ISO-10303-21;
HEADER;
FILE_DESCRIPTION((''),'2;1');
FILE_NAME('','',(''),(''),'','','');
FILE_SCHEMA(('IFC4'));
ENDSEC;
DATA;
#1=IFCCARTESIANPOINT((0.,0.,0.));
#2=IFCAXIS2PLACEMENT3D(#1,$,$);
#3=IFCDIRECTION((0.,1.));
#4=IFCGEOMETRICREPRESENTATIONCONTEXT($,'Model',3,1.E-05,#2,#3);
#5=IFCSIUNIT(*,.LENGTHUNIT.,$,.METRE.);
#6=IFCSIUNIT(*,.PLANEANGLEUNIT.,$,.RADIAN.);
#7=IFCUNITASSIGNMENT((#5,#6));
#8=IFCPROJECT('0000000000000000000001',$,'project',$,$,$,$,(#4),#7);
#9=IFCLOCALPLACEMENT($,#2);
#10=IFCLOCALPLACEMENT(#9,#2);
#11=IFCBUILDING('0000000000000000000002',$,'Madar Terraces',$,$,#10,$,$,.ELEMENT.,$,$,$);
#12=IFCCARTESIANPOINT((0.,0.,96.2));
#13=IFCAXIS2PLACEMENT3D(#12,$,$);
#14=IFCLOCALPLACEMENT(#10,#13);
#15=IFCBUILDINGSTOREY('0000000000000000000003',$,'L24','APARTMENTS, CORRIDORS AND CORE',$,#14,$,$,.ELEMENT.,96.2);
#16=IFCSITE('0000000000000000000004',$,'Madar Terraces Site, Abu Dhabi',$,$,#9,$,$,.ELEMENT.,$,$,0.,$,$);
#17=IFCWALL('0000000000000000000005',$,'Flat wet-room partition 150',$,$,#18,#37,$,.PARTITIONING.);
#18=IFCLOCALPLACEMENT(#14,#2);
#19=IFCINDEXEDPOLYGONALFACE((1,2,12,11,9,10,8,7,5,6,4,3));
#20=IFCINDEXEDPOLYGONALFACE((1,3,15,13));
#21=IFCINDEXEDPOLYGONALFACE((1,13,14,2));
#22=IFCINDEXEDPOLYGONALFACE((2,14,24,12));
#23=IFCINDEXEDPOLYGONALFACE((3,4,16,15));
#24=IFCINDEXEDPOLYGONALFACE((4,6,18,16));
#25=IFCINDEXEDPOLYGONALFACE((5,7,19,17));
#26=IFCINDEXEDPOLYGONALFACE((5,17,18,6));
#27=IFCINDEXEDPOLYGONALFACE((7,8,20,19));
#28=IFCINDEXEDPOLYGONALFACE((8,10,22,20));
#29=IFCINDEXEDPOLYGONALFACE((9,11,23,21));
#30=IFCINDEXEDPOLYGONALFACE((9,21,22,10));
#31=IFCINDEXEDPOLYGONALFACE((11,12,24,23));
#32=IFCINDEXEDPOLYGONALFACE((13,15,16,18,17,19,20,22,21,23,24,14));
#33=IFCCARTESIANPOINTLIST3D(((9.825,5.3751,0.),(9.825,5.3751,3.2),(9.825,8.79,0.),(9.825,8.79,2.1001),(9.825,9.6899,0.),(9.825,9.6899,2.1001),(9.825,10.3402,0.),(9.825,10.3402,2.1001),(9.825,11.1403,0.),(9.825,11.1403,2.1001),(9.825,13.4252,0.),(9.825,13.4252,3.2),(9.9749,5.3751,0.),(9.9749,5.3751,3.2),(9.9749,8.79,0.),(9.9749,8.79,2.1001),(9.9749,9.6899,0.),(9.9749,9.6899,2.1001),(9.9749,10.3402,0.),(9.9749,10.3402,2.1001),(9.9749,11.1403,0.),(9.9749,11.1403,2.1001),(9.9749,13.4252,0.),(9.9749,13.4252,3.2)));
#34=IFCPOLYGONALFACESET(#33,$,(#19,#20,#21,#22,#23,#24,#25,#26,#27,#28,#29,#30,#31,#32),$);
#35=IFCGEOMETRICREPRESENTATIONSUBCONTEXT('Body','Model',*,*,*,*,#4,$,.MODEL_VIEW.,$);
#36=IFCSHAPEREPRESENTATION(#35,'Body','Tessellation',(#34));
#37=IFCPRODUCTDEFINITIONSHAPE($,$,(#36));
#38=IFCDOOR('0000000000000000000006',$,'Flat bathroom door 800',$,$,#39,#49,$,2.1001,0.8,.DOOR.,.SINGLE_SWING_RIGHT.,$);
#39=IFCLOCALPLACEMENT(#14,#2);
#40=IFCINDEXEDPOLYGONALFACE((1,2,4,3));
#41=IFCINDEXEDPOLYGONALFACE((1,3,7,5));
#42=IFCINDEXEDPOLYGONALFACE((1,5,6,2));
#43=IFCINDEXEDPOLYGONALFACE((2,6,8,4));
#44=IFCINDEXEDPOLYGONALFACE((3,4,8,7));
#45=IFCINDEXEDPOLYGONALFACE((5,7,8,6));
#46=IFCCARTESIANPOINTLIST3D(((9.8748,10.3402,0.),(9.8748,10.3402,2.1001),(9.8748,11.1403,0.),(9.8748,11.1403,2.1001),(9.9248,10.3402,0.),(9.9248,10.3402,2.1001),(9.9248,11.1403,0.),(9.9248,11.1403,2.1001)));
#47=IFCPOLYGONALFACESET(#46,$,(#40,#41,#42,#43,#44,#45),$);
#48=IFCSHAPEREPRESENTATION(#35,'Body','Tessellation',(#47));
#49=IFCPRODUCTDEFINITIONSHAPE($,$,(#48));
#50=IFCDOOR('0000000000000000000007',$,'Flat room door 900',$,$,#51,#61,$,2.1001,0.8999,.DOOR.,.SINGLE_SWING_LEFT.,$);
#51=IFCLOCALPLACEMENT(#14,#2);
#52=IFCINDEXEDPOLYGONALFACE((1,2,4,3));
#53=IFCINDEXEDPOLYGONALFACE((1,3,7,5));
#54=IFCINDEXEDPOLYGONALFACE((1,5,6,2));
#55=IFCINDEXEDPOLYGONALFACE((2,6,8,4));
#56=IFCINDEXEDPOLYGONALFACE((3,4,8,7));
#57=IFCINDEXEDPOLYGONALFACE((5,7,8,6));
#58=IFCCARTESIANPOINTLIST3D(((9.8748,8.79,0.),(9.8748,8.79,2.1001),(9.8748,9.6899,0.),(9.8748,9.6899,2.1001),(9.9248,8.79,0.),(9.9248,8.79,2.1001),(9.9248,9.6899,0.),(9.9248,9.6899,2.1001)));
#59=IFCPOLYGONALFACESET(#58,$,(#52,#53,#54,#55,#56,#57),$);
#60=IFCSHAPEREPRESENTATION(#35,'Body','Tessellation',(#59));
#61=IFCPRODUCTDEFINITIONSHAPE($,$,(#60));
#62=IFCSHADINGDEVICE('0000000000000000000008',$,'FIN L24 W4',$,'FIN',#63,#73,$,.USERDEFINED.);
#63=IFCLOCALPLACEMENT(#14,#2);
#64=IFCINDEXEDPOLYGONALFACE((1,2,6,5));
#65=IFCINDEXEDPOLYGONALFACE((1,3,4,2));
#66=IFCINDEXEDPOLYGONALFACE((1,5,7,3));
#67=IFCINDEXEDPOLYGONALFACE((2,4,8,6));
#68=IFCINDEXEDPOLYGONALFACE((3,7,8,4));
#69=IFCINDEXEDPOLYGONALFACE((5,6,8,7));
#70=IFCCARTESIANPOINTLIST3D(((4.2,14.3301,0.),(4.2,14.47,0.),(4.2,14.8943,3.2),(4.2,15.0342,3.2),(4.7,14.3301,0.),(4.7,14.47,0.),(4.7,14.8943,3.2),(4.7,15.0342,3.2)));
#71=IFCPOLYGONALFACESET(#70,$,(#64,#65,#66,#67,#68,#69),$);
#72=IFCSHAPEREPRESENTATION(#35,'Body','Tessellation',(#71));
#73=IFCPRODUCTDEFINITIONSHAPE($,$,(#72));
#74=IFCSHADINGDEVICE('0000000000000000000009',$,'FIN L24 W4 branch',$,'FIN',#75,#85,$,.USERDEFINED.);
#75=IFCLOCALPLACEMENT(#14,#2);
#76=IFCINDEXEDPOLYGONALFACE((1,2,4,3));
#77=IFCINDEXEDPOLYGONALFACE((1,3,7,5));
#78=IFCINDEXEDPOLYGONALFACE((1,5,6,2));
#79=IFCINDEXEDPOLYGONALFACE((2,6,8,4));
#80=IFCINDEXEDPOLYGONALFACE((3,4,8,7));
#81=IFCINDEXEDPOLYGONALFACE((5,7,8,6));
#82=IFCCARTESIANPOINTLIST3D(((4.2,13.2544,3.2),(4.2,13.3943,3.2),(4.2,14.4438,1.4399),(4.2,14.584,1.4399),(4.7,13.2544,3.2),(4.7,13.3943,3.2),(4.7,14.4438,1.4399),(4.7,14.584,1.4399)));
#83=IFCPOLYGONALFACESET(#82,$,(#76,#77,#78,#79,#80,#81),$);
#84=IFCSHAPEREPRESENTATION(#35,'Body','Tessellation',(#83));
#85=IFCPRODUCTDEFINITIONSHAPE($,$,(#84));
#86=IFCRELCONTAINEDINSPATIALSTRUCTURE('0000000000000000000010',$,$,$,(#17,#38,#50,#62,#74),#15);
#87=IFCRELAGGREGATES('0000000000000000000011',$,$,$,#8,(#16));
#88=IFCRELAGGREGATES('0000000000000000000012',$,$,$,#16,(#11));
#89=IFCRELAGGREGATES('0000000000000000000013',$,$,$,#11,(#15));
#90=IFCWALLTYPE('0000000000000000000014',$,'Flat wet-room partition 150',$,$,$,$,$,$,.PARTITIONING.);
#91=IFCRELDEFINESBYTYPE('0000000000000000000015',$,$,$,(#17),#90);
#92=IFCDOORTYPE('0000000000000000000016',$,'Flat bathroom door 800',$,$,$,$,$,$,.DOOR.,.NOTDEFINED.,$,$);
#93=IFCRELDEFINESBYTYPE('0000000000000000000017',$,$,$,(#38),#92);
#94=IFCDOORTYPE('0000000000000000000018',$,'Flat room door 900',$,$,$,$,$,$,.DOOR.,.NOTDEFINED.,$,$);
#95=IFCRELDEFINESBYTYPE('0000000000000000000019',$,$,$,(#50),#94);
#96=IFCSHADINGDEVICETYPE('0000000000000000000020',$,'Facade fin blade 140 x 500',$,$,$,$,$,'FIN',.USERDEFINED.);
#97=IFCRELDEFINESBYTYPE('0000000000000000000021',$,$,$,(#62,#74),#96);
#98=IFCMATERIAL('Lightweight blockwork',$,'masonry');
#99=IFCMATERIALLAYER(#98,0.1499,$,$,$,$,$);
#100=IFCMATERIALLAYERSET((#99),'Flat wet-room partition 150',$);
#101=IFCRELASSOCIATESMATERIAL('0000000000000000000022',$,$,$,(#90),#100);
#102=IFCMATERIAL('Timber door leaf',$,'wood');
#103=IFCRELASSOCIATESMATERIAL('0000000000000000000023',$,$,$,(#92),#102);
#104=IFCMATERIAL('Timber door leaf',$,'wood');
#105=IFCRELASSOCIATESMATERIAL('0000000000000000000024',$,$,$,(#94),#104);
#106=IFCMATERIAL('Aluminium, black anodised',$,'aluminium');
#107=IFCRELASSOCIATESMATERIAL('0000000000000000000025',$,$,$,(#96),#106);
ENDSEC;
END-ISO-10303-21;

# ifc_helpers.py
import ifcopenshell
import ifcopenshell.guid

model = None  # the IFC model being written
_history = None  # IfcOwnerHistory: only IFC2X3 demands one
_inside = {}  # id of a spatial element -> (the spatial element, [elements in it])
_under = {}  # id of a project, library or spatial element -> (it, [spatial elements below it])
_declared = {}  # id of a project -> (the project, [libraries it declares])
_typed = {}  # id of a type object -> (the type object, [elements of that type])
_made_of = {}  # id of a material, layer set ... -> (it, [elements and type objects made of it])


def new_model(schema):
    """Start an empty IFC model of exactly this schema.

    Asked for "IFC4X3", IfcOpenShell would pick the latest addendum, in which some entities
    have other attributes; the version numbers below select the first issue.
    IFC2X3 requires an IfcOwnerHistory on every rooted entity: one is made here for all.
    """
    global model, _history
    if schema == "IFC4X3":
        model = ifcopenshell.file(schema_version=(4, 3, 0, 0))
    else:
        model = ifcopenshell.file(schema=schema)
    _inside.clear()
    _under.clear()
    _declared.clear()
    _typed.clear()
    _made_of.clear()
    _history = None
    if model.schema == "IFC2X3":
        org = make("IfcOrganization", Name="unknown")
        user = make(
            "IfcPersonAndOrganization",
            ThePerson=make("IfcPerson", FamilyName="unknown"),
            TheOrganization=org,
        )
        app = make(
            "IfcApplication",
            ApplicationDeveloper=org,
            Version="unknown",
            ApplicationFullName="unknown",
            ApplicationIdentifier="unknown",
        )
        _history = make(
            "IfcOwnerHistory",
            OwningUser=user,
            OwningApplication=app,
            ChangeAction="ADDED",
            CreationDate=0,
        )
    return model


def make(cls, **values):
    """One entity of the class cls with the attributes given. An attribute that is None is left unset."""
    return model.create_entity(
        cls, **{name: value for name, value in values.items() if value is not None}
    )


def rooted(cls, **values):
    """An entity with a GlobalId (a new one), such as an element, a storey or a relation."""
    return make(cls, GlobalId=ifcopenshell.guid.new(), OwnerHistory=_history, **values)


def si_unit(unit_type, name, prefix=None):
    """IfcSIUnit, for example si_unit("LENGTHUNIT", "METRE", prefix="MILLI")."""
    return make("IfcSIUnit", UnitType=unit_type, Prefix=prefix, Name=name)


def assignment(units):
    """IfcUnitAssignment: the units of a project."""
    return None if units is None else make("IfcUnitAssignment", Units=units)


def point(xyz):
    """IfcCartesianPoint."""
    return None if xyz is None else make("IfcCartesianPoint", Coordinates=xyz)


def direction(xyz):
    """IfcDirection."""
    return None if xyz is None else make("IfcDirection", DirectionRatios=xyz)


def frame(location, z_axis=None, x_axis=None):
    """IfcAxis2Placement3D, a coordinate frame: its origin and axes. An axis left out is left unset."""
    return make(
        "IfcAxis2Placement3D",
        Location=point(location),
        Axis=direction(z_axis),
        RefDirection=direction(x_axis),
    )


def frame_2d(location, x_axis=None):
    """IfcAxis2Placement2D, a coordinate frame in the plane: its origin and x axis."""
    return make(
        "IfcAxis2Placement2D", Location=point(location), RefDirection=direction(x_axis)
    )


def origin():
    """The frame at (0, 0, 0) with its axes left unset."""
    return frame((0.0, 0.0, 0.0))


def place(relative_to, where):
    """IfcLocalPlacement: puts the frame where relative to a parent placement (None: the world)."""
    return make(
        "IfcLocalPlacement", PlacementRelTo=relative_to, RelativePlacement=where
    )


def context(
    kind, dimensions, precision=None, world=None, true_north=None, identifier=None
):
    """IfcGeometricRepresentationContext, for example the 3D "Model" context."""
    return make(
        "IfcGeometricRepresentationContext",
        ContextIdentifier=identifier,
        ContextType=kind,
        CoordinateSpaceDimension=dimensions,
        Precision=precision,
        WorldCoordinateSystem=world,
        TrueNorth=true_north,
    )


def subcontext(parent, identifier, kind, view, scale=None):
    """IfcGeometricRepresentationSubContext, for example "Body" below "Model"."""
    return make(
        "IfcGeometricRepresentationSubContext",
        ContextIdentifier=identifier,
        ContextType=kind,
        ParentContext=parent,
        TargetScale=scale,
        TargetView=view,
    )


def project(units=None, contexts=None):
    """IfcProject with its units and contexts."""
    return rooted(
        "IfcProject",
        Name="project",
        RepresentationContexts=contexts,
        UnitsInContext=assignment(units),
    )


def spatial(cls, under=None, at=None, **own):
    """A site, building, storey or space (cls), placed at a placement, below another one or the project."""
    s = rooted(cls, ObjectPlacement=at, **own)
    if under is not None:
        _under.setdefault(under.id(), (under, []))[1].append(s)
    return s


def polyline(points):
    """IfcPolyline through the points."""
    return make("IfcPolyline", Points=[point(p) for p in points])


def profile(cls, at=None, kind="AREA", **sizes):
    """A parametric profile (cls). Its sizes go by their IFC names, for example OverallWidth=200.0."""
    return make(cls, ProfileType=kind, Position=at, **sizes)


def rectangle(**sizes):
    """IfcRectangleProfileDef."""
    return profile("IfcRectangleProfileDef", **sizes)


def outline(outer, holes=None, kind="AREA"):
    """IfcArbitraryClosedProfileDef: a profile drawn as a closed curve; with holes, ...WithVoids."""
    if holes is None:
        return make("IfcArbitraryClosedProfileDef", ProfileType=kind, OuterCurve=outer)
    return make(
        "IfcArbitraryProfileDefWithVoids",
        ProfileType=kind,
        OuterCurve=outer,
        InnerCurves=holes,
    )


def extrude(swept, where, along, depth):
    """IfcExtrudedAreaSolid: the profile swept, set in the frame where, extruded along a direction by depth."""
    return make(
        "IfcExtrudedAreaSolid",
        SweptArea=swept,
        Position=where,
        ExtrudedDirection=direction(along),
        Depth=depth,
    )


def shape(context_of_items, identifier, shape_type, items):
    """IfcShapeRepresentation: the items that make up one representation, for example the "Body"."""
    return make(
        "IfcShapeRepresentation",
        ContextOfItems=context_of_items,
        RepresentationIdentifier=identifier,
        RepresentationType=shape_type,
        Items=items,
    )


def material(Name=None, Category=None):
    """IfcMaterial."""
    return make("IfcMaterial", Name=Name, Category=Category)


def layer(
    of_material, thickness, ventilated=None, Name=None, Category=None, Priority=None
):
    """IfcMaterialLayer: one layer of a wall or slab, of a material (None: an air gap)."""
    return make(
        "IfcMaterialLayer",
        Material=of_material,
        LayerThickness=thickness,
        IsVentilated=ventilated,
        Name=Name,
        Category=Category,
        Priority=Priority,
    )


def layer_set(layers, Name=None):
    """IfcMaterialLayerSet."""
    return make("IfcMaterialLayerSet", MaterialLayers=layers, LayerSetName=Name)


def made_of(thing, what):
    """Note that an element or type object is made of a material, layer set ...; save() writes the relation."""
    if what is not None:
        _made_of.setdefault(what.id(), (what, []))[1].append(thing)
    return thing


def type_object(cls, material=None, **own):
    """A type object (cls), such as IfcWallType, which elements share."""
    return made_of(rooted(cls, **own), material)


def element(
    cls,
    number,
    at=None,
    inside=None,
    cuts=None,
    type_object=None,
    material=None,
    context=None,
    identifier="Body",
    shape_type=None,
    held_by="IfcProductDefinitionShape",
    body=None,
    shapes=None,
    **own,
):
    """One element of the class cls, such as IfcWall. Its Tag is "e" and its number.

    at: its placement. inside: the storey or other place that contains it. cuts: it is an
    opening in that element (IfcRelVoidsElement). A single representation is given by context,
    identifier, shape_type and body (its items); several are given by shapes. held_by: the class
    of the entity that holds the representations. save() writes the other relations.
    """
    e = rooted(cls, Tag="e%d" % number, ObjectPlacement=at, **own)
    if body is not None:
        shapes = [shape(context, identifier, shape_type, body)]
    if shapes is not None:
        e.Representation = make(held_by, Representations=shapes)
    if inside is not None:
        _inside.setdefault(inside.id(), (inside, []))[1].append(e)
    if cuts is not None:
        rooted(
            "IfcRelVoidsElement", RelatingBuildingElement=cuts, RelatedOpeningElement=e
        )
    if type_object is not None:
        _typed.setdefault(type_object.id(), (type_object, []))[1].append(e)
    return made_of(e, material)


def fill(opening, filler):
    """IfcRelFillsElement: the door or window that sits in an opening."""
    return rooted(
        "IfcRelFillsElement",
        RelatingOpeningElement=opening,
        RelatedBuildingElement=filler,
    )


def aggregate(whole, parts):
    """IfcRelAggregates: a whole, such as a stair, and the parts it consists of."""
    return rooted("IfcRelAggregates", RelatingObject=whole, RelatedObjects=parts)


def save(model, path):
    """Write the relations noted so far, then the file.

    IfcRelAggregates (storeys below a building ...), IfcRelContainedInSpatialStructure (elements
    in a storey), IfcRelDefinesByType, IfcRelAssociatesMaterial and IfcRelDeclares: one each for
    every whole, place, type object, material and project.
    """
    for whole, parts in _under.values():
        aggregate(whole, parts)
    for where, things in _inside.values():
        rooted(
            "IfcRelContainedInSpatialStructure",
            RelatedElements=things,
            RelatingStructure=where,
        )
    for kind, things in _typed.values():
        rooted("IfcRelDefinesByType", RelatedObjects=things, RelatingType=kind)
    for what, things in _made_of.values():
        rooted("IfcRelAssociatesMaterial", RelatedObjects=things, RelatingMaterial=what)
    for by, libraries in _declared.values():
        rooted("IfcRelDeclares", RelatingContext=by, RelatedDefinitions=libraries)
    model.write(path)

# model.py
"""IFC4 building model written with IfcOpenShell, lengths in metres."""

from ifc_helpers import new_model, si_unit, direction, frame, frame_2d, origin, place, context, subcontext, project, spatial, polyline, rectangle, outline, extrude, material, layer, layer_set, type_object, element, fill, save


model = new_model("IFC4")

# Units and contexts
model_context = context("Model", 3, precision=1e-05, world=origin(), true_north=direction((0.0, 1.0)))
body_context = subcontext(model_context, "Body", "Model", "MODEL_VIEW")
ifc_project = project(units=[si_unit("LENGTHUNIT", "METRE"), si_unit("PLANEANGLEUNIT", "RADIAN")], contexts=[model_context])

# Site, building, storey
site_placement = place(None, origin())
site = spatial("IfcSite", under=ifc_project, at=site_placement, Name="Madar Terraces Site, Abu Dhabi", CompositionType="ELEMENT", RefElevation=0.0)
building_placement = place(site_placement, origin())
building = spatial("IfcBuilding", under=site, at=building_placement, Name="Madar Terraces", CompositionType="ELEMENT")
storey_placement = place(building_placement, frame((0.0, 0.0, 96.2)))
storey = spatial("IfcBuildingStorey", under=building, at=storey_placement, Name="L24", Description="APARTMENTS, CORRIDORS AND CORE", CompositionType="ELEMENT", Elevation=96.2)

# Shared definitions
ifc_material_1 = material(Name="Lightweight blockwork", Category="masonry")
ifc_layer_1 = layer(ifc_material_1, 0.1499)
ifc_layer_set_1 = layer_set([ifc_layer_1], Name="Flat wet-room partition 150")
wall_type_1 = type_object("IfcWallType", Name="Flat wet-room partition 150", PredefinedType="PARTITIONING", material=ifc_layer_set_1)
ifc_material_2 = material(Name="Timber door leaf", Category="wood")
door_type_1 = type_object("IfcDoorType", Name="Flat bathroom door 800", OperationType="NOTDEFINED", PredefinedType="DOOR", material=ifc_material_2)
ifc_material_3 = material(Name="Timber door leaf", Category="wood")
door_type_2 = type_object("IfcDoorType", Name="Flat room door 900", OperationType="NOTDEFINED", PredefinedType="DOOR", material=ifc_material_3)

# Wall, openings, doors
wall_1_placement = place(storey_placement, frame((9.8999, 13.425, 0.0), z_axis=(0.0, 0.0, 1.0), x_axis=(0.0, -1.0, 0.0)))
wall_1 = element("IfcWall", 1, at=wall_1_placement, inside=storey, type_object=wall_type_1, Name="Flat wet-room partition 150", PredefinedType="PARTITIONING", context=body_context, shape_type="SweptSolid", body=[
    extrude(rectangle(XDim=8.05, YDim=0.1499, at=frame_2d((4.0249, 0.0))), origin(), (0.0, 0.0, 1.0), 3.2),
])
opening_1_placement = place(wall_1_placement, frame((2.2849, 0.0, 0.0)))
opening_1 = element("IfcOpeningElement", 2, at=opening_1_placement, cuts=wall_1, PredefinedType="OPENING", context=body_context, shape_type="SweptSolid", body=[
    extrude(rectangle(XDim=0.8, YDim=2.1001, at=frame_2d((0.3999, 1.05))), frame((0.0, 0.085, 0.0), z_axis=(0.0, -1.0, 0.0), x_axis=(1.0, 0.0, 0.0)), (0.0, 0.0, 1.0), 0.1699),
])
opening_2_placement = place(wall_1_placement, frame((3.7351, 0.0, 0.0)))
opening_2 = element("IfcOpeningElement", 3, at=opening_2_placement, cuts=wall_1, PredefinedType="OPENING", context=body_context, shape_type="SweptSolid", body=[
    extrude(rectangle(XDim=0.8999, YDim=2.1001, at=frame_2d((0.45, 1.05))), frame((0.0, 0.085, 0.0), z_axis=(0.0, -1.0, 0.0), x_axis=(1.0, 0.0, 0.0)), (0.0, 0.0, 1.0), 0.1699),
])
door_1_placement = place(opening_1_placement, origin())
door_1 = element("IfcDoor", 4, at=door_1_placement, inside=storey, type_object=door_type_1, Name="Flat bathroom door 800", OperationType="SINGLE_SWING_RIGHT", OverallHeight=2.1001, OverallWidth=0.8, PredefinedType="DOOR", context=body_context, shape_type="SweptSolid", body=[
    extrude(rectangle(XDim=0.8, YDim=2.1001, at=frame_2d((0.3999, 1.05))), frame((0.0, 0.0249, 0.0), z_axis=(0.0, -1.0, 0.0), x_axis=(1.0, 0.0, 0.0)), (0.0, 0.0, 1.0), 0.05),
])
fill(opening_1, door_1)
door_2_placement = place(opening_2_placement, origin())
door_2 = element("IfcDoor", 5, at=door_2_placement, inside=storey, type_object=door_type_2, Name="Flat room door 900", OperationType="SINGLE_SWING_LEFT", OverallHeight=2.1001, OverallWidth=0.8999, PredefinedType="DOOR", context=body_context, shape_type="SweptSolid", body=[
    extrude(rectangle(XDim=0.8999, YDim=2.1001, at=frame_2d((0.45, 1.05))), frame((0.0, 0.0249, 0.0), z_axis=(0.0, -1.0, 0.0), x_axis=(1.0, 0.0, 0.0)), (0.0, 0.0, 1.0), 0.05),
])
fill(opening_2, door_2)

# Shading devices
ifc_material_4 = material(Name="Aluminium, black anodised", Category="aluminium")
shading_device_type = type_object("IfcShadingDeviceType", Name="Facade fin blade 140 x 500", ElementType="FIN", PredefinedType="USERDEFINED", material=ifc_material_4)
shading_device_1_placement = place(storey_placement, frame((4.45, 14.47, 0.0), z_axis=(0.0, 0.0, 1.0), x_axis=(0.0, -1.0, 0.0)))
element("IfcShadingDevice", 6, at=shading_device_1_placement, inside=storey, type_object=shading_device_type, Name="FIN L24 W4", ObjectType="FIN", PredefinedType="USERDEFINED", context=body_context, shape_type="SweptSolid", body=[
    extrude(outline(polyline([(0.0, 0.0), (0.1399, 0.0), (-0.4243, 3.2), (-0.5642, 3.2), (0.0, 0.0)])), frame((0.0, 0.25, 0.0), z_axis=(0.0, -1.0, 0.0), x_axis=(1.0, 0.0, 0.0)), (0.0, 0.0, 1.0), 0.5),
])
shading_device_2_placement = place(storey_placement, frame((4.45, 14.584, 1.4399), z_axis=(0.0, 0.0, 1.0), x_axis=(0.0, -1.0, 0.0)))
element("IfcShadingDevice", 7, at=shading_device_2_placement, inside=storey, type_object=shading_device_type, Name="FIN L24 W4 branch", ObjectType="FIN", PredefinedType="USERDEFINED", context=body_context, shape_type="SweptSolid", body=[
    extrude(outline(polyline([(0.0, 0.0), (0.1401, 0.0), (1.3296, 1.76), (1.1897, 1.76), (0.0, 0.0)])), frame((0.0, 0.25, 0.0), z_axis=(0.0, -1.0, 0.0), x_axis=(1.0, 0.0, 0.0)), (0.0, 0.0, 1.0), 0.5),
])

save(model, "model.ifc")
